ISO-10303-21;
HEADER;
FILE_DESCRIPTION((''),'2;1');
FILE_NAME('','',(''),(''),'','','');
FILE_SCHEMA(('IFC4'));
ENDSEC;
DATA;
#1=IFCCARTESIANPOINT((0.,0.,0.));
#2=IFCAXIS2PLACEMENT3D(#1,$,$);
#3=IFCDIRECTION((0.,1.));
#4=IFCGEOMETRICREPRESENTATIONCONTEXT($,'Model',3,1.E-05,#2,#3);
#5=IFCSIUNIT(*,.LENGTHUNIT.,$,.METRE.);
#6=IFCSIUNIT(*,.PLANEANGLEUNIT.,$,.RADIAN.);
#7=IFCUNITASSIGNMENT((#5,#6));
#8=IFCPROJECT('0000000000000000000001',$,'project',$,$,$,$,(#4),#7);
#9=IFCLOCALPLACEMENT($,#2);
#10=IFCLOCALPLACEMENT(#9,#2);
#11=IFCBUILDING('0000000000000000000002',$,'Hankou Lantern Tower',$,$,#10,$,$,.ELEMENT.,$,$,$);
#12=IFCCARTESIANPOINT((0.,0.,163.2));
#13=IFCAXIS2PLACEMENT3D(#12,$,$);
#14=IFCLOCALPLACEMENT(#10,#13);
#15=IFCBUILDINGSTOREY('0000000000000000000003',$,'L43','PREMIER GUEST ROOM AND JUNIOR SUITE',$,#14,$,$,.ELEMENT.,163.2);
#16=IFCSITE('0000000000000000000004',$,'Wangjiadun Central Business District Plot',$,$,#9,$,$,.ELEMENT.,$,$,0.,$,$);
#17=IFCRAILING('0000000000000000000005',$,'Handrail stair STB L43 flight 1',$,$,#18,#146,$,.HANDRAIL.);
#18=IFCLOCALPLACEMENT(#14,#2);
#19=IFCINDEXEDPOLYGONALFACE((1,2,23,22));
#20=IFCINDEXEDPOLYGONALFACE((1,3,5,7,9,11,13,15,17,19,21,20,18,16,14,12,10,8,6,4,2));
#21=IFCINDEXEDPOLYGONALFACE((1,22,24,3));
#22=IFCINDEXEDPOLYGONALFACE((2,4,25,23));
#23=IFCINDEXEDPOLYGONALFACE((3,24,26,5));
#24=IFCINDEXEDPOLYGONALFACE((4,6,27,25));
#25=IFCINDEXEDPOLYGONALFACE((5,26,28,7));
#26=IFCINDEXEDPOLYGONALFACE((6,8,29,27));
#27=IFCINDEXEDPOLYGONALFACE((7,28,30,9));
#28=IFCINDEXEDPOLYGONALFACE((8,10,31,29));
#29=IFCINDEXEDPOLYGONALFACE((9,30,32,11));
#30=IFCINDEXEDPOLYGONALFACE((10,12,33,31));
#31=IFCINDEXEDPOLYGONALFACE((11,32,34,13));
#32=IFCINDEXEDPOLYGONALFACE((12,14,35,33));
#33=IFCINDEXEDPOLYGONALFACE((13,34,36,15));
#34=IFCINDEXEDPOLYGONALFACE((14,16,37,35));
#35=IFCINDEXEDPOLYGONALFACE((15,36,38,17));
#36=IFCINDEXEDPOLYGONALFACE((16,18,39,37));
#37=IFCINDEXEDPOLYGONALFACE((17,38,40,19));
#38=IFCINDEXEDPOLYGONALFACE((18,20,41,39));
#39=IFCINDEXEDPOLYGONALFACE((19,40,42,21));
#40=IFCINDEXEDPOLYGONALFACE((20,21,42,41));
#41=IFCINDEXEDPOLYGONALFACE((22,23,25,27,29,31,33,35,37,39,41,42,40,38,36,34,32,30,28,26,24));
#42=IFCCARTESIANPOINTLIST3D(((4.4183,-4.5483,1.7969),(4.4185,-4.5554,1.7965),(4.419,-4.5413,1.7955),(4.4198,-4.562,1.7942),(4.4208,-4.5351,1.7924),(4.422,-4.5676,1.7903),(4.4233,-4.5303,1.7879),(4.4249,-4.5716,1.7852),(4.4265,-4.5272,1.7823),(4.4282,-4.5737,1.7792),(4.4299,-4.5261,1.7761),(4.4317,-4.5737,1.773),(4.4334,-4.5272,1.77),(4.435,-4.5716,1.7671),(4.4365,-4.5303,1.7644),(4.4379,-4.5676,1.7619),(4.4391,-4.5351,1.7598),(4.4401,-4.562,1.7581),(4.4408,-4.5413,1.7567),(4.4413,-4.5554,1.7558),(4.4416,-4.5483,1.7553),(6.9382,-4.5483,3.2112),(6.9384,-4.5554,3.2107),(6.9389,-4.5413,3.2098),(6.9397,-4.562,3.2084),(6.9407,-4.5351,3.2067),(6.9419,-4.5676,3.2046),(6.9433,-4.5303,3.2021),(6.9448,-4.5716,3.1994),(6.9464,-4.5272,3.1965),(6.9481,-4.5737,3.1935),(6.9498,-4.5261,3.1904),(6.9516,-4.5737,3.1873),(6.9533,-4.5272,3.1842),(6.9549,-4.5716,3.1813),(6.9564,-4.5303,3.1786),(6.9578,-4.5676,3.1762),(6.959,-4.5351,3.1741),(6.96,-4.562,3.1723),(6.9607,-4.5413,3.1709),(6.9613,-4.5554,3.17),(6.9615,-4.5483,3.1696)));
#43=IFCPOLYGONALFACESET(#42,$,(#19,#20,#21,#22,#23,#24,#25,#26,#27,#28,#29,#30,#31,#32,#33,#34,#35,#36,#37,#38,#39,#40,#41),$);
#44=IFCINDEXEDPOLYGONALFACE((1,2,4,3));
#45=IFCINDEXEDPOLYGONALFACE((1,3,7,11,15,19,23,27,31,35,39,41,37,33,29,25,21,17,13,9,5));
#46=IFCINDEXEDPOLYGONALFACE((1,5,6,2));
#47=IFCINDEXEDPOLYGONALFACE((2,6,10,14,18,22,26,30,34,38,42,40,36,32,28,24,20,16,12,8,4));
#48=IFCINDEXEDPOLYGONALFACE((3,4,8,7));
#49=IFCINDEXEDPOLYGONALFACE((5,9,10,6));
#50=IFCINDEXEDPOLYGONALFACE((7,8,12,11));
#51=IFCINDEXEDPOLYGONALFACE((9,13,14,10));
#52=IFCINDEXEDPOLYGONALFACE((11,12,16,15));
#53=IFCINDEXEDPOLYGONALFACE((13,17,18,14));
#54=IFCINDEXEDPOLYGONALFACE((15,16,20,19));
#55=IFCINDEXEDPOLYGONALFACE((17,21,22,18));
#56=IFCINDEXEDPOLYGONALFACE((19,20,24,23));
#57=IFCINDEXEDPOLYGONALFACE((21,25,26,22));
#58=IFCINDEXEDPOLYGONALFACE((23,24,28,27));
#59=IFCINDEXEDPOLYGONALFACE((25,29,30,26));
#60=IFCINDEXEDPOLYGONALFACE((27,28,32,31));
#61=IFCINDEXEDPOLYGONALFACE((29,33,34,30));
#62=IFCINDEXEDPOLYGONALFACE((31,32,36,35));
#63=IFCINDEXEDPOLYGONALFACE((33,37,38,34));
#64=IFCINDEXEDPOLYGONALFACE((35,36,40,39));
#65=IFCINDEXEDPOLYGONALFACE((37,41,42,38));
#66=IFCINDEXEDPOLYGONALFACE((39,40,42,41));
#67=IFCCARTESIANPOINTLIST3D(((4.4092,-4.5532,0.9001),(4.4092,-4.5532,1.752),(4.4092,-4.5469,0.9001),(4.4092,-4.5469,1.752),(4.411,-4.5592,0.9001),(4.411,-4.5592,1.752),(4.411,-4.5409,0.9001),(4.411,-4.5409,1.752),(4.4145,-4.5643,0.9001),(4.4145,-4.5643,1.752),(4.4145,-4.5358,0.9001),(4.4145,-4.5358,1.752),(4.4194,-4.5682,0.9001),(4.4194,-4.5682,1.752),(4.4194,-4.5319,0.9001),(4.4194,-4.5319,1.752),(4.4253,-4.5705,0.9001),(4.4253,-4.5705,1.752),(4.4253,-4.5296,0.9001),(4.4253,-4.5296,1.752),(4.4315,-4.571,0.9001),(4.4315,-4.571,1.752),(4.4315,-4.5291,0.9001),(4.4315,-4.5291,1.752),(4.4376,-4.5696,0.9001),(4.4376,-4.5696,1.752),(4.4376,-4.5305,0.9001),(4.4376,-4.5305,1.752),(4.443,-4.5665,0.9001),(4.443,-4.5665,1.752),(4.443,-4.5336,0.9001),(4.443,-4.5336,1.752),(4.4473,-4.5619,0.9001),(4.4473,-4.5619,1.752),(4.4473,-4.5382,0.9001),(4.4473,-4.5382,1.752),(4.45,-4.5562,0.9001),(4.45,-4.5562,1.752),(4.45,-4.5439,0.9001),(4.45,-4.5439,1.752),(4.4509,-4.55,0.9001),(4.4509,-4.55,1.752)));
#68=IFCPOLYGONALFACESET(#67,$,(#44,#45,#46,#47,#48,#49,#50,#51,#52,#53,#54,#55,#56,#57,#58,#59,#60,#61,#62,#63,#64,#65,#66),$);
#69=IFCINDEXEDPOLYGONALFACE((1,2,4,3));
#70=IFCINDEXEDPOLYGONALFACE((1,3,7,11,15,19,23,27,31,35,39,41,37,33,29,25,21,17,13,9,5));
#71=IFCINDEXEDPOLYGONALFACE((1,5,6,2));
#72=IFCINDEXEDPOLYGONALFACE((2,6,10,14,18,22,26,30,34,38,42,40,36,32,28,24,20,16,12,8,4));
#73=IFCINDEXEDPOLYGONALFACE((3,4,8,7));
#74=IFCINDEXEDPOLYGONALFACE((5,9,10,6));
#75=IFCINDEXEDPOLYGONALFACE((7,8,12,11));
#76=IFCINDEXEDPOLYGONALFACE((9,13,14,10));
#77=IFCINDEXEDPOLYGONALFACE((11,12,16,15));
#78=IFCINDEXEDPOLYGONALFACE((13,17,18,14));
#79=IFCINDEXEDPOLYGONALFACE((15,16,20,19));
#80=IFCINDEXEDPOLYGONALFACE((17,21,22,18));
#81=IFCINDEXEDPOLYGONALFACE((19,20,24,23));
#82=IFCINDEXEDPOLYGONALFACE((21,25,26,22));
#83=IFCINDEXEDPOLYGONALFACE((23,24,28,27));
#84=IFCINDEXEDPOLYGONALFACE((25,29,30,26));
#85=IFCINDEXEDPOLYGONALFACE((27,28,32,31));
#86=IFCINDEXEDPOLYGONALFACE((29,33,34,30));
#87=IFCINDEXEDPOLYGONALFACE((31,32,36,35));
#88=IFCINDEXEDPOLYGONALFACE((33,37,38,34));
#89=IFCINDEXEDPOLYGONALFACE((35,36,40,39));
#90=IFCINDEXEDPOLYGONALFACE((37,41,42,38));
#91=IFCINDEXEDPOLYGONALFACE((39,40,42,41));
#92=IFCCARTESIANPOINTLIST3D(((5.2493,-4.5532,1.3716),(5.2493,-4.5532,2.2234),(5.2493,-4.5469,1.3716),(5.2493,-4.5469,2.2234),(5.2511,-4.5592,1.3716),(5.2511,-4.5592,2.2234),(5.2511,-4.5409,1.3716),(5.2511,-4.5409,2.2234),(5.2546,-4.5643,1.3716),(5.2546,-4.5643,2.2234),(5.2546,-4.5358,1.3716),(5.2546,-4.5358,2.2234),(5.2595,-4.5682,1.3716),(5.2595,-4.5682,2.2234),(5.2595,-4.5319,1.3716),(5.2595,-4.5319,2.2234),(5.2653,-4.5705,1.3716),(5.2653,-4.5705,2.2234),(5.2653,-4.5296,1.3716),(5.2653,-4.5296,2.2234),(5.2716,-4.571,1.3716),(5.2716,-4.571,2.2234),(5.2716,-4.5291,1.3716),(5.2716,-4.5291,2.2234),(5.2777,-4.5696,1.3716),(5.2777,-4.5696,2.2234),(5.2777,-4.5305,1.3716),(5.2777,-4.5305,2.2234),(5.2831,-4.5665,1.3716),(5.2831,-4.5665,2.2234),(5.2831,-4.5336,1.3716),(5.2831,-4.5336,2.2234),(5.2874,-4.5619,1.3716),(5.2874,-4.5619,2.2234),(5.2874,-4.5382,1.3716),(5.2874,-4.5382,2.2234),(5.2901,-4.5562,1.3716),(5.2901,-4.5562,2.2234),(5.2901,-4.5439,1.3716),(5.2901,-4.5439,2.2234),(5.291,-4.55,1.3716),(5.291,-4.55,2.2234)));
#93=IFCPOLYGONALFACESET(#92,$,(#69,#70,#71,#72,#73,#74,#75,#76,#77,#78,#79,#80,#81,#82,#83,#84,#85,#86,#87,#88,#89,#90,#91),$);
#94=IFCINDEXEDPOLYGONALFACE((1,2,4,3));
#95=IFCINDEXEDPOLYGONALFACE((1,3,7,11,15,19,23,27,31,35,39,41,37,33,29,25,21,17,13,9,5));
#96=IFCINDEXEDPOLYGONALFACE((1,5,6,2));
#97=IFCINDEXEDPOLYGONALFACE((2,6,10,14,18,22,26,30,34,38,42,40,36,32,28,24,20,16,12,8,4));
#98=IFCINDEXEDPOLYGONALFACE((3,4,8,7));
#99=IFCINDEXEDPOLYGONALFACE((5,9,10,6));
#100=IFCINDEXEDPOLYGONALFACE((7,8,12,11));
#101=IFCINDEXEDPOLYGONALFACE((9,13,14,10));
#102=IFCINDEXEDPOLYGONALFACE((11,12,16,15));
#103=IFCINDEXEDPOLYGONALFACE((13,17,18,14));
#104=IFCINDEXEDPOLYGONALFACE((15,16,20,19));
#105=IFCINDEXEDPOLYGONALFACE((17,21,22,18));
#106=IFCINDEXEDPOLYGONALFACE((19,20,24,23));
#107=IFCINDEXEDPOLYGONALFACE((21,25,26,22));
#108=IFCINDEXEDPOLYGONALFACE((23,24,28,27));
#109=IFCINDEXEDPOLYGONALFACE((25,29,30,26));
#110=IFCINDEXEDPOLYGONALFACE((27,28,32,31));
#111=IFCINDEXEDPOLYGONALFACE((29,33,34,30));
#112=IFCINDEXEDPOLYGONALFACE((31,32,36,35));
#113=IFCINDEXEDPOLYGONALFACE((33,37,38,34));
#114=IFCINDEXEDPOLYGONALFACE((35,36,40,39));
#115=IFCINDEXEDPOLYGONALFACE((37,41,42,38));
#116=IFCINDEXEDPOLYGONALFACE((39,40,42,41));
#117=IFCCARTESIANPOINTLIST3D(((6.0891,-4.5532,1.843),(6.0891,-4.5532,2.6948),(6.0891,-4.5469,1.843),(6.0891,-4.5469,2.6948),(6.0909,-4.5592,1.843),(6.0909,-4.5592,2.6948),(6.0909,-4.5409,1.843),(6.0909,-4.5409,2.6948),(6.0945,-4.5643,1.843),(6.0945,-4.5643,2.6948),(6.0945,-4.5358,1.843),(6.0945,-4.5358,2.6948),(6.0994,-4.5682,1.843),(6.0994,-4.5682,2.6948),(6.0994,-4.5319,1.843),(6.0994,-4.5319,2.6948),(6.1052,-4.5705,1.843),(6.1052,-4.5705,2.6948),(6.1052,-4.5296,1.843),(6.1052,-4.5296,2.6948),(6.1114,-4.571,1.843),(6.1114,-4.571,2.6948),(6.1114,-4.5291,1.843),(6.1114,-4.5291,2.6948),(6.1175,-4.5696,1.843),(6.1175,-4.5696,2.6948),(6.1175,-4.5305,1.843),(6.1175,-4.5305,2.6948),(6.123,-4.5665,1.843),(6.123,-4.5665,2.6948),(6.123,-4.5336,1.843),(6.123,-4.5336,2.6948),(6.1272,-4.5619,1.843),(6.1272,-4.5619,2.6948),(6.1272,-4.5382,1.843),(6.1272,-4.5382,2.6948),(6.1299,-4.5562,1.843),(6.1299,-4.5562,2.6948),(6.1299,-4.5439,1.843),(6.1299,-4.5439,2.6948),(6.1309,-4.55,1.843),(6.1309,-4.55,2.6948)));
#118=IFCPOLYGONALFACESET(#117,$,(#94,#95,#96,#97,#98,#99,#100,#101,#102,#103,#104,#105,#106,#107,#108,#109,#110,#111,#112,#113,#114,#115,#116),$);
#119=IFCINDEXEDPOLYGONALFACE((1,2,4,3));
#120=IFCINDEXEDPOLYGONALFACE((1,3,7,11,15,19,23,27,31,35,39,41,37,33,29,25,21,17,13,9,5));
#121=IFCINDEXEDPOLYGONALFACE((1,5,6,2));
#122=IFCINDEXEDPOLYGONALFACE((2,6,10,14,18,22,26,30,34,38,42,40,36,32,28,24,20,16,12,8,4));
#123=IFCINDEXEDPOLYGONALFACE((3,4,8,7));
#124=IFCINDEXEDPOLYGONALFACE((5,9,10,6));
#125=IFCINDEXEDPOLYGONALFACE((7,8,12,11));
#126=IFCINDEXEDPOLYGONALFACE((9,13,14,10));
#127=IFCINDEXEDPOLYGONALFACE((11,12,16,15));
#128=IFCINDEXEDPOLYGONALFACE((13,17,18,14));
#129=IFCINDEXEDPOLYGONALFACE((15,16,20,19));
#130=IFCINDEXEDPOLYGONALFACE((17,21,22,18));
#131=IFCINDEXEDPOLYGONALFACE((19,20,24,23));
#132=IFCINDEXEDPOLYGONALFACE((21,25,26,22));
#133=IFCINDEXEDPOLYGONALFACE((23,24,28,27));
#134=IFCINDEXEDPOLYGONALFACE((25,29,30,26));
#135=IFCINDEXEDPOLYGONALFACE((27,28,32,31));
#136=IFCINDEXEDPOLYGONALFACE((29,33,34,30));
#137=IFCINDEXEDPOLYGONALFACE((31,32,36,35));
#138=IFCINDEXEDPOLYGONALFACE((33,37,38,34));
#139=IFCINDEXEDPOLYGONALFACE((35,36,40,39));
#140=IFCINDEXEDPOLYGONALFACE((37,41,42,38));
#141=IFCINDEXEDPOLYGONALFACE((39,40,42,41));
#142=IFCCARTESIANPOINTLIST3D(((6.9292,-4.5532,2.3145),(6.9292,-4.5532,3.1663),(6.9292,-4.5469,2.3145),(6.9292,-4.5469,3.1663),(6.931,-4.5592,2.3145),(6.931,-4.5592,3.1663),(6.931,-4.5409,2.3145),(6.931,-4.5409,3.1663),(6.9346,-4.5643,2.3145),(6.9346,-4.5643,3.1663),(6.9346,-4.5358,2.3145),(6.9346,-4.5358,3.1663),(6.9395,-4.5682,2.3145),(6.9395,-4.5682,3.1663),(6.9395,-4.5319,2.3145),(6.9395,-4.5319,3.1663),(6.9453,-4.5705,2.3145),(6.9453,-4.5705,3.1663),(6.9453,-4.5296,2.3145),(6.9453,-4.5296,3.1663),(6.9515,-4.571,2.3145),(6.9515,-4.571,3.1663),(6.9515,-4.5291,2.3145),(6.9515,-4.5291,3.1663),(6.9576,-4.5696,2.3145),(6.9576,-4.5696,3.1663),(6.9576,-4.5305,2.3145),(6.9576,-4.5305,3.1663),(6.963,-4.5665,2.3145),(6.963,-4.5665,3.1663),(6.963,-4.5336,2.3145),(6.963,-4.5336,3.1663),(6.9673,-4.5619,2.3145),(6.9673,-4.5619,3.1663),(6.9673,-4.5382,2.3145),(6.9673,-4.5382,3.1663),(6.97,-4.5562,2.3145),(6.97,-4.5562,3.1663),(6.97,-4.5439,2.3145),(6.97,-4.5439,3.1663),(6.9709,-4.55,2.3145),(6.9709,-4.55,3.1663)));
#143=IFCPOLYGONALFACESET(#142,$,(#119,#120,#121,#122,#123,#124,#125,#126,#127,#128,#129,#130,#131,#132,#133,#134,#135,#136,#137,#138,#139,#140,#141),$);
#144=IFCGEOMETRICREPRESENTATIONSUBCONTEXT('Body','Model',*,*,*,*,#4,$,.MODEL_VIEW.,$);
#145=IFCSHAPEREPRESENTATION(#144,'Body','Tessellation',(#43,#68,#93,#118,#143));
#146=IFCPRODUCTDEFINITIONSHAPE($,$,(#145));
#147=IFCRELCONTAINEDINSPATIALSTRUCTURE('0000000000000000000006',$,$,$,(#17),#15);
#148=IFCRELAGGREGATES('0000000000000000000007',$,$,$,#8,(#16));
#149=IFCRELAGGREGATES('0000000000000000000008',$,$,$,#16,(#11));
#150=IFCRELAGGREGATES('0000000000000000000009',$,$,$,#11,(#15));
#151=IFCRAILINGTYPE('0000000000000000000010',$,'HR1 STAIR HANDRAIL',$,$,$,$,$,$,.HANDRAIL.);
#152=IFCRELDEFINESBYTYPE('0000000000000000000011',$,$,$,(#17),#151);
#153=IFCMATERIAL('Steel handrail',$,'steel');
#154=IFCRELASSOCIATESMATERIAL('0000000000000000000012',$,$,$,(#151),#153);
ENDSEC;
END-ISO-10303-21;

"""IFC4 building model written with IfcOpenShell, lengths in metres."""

from ifc_helpers import new_model, si_unit, direction, frame, origin, origin_2d, place, context, subcontext, project, spatial, circle, extrude, material, type_object, element, save


model = new_model("IFC4")

# Units and contexts
model_context = context("Model", 3, precision=1e-05, world=origin(), true_north=direction((0.0, 1.0)))
body_context = subcontext(model_context, "Body", "Model", "MODEL_VIEW")
ifc_project = project(units=[si_unit("LENGTHUNIT", "METRE"), si_unit("PLANEANGLEUNIT", "RADIAN")], contexts=[model_context])

# Site, building, storey
site_placement = place(None, origin())
site = spatial("IfcSite", under=ifc_project, at=site_placement, Name="Wangjiadun Central Business District Plot", CompositionType="ELEMENT", RefElevation=0.0)
building_placement = place(site_placement, origin())
building = spatial("IfcBuilding", under=site, at=building_placement, Name="Hankou Lantern Tower", CompositionType="ELEMENT")
storey_placement = place(building_placement, frame((0.0, 0.0, 163.2)))
storey = spatial("IfcBuildingStorey", under=building, at=storey_placement, Name="L43", Description="PREMIER GUEST ROOM AND JUNIOR SUITE", CompositionType="ELEMENT", Elevation=163.2)

# Railing
ifc_material_1 = material(Name="Steel handrail", Category="steel")
railing_type = type_object("IfcRailingType", Name="HR1 STAIR HANDRAIL", PredefinedType="HANDRAIL", material=ifc_material_1)
railing_1_placement = place(storey_placement, frame((4.4299, -4.55, 0.9001)))
element("IfcRailing", 1, at=railing_1_placement, inside=storey, type_object=railing_type, Name="Handrail stair STB L43 flight 1", PredefinedType="HANDRAIL", context=body_context, shape_type="SweptSolid", body=[
    extrude(circle(Radius=0.0239, at=origin_2d()), frame((0.0, 0.0, 0.876), z_axis=(0.872049, 0.0, 0.489419), x_axis=(0.0, 1.0, 0.0)), (0.0, 0.0, 1.0), 2.8896),
    extrude(circle(Radius=0.021, at=origin_2d()), origin(), (0.0, 0.0, 1.0), 0.8518),
    extrude(circle(Radius=0.021, at=origin_2d()), frame((0.8401, 0.0, 0.4714)), (0.0, 0.0, 1.0), 0.8518),
    extrude(circle(Radius=0.021, at=origin_2d()), frame((1.6799, 0.0, 0.9429)), (0.0, 0.0, 1.0), 0.8518),
    extrude(circle(Radius=0.021, at=origin_2d()), frame((2.52, 0.0, 1.4143)), (0.0, 0.0, 1.0), 0.8518),
])

save(model, "model.ifc")
